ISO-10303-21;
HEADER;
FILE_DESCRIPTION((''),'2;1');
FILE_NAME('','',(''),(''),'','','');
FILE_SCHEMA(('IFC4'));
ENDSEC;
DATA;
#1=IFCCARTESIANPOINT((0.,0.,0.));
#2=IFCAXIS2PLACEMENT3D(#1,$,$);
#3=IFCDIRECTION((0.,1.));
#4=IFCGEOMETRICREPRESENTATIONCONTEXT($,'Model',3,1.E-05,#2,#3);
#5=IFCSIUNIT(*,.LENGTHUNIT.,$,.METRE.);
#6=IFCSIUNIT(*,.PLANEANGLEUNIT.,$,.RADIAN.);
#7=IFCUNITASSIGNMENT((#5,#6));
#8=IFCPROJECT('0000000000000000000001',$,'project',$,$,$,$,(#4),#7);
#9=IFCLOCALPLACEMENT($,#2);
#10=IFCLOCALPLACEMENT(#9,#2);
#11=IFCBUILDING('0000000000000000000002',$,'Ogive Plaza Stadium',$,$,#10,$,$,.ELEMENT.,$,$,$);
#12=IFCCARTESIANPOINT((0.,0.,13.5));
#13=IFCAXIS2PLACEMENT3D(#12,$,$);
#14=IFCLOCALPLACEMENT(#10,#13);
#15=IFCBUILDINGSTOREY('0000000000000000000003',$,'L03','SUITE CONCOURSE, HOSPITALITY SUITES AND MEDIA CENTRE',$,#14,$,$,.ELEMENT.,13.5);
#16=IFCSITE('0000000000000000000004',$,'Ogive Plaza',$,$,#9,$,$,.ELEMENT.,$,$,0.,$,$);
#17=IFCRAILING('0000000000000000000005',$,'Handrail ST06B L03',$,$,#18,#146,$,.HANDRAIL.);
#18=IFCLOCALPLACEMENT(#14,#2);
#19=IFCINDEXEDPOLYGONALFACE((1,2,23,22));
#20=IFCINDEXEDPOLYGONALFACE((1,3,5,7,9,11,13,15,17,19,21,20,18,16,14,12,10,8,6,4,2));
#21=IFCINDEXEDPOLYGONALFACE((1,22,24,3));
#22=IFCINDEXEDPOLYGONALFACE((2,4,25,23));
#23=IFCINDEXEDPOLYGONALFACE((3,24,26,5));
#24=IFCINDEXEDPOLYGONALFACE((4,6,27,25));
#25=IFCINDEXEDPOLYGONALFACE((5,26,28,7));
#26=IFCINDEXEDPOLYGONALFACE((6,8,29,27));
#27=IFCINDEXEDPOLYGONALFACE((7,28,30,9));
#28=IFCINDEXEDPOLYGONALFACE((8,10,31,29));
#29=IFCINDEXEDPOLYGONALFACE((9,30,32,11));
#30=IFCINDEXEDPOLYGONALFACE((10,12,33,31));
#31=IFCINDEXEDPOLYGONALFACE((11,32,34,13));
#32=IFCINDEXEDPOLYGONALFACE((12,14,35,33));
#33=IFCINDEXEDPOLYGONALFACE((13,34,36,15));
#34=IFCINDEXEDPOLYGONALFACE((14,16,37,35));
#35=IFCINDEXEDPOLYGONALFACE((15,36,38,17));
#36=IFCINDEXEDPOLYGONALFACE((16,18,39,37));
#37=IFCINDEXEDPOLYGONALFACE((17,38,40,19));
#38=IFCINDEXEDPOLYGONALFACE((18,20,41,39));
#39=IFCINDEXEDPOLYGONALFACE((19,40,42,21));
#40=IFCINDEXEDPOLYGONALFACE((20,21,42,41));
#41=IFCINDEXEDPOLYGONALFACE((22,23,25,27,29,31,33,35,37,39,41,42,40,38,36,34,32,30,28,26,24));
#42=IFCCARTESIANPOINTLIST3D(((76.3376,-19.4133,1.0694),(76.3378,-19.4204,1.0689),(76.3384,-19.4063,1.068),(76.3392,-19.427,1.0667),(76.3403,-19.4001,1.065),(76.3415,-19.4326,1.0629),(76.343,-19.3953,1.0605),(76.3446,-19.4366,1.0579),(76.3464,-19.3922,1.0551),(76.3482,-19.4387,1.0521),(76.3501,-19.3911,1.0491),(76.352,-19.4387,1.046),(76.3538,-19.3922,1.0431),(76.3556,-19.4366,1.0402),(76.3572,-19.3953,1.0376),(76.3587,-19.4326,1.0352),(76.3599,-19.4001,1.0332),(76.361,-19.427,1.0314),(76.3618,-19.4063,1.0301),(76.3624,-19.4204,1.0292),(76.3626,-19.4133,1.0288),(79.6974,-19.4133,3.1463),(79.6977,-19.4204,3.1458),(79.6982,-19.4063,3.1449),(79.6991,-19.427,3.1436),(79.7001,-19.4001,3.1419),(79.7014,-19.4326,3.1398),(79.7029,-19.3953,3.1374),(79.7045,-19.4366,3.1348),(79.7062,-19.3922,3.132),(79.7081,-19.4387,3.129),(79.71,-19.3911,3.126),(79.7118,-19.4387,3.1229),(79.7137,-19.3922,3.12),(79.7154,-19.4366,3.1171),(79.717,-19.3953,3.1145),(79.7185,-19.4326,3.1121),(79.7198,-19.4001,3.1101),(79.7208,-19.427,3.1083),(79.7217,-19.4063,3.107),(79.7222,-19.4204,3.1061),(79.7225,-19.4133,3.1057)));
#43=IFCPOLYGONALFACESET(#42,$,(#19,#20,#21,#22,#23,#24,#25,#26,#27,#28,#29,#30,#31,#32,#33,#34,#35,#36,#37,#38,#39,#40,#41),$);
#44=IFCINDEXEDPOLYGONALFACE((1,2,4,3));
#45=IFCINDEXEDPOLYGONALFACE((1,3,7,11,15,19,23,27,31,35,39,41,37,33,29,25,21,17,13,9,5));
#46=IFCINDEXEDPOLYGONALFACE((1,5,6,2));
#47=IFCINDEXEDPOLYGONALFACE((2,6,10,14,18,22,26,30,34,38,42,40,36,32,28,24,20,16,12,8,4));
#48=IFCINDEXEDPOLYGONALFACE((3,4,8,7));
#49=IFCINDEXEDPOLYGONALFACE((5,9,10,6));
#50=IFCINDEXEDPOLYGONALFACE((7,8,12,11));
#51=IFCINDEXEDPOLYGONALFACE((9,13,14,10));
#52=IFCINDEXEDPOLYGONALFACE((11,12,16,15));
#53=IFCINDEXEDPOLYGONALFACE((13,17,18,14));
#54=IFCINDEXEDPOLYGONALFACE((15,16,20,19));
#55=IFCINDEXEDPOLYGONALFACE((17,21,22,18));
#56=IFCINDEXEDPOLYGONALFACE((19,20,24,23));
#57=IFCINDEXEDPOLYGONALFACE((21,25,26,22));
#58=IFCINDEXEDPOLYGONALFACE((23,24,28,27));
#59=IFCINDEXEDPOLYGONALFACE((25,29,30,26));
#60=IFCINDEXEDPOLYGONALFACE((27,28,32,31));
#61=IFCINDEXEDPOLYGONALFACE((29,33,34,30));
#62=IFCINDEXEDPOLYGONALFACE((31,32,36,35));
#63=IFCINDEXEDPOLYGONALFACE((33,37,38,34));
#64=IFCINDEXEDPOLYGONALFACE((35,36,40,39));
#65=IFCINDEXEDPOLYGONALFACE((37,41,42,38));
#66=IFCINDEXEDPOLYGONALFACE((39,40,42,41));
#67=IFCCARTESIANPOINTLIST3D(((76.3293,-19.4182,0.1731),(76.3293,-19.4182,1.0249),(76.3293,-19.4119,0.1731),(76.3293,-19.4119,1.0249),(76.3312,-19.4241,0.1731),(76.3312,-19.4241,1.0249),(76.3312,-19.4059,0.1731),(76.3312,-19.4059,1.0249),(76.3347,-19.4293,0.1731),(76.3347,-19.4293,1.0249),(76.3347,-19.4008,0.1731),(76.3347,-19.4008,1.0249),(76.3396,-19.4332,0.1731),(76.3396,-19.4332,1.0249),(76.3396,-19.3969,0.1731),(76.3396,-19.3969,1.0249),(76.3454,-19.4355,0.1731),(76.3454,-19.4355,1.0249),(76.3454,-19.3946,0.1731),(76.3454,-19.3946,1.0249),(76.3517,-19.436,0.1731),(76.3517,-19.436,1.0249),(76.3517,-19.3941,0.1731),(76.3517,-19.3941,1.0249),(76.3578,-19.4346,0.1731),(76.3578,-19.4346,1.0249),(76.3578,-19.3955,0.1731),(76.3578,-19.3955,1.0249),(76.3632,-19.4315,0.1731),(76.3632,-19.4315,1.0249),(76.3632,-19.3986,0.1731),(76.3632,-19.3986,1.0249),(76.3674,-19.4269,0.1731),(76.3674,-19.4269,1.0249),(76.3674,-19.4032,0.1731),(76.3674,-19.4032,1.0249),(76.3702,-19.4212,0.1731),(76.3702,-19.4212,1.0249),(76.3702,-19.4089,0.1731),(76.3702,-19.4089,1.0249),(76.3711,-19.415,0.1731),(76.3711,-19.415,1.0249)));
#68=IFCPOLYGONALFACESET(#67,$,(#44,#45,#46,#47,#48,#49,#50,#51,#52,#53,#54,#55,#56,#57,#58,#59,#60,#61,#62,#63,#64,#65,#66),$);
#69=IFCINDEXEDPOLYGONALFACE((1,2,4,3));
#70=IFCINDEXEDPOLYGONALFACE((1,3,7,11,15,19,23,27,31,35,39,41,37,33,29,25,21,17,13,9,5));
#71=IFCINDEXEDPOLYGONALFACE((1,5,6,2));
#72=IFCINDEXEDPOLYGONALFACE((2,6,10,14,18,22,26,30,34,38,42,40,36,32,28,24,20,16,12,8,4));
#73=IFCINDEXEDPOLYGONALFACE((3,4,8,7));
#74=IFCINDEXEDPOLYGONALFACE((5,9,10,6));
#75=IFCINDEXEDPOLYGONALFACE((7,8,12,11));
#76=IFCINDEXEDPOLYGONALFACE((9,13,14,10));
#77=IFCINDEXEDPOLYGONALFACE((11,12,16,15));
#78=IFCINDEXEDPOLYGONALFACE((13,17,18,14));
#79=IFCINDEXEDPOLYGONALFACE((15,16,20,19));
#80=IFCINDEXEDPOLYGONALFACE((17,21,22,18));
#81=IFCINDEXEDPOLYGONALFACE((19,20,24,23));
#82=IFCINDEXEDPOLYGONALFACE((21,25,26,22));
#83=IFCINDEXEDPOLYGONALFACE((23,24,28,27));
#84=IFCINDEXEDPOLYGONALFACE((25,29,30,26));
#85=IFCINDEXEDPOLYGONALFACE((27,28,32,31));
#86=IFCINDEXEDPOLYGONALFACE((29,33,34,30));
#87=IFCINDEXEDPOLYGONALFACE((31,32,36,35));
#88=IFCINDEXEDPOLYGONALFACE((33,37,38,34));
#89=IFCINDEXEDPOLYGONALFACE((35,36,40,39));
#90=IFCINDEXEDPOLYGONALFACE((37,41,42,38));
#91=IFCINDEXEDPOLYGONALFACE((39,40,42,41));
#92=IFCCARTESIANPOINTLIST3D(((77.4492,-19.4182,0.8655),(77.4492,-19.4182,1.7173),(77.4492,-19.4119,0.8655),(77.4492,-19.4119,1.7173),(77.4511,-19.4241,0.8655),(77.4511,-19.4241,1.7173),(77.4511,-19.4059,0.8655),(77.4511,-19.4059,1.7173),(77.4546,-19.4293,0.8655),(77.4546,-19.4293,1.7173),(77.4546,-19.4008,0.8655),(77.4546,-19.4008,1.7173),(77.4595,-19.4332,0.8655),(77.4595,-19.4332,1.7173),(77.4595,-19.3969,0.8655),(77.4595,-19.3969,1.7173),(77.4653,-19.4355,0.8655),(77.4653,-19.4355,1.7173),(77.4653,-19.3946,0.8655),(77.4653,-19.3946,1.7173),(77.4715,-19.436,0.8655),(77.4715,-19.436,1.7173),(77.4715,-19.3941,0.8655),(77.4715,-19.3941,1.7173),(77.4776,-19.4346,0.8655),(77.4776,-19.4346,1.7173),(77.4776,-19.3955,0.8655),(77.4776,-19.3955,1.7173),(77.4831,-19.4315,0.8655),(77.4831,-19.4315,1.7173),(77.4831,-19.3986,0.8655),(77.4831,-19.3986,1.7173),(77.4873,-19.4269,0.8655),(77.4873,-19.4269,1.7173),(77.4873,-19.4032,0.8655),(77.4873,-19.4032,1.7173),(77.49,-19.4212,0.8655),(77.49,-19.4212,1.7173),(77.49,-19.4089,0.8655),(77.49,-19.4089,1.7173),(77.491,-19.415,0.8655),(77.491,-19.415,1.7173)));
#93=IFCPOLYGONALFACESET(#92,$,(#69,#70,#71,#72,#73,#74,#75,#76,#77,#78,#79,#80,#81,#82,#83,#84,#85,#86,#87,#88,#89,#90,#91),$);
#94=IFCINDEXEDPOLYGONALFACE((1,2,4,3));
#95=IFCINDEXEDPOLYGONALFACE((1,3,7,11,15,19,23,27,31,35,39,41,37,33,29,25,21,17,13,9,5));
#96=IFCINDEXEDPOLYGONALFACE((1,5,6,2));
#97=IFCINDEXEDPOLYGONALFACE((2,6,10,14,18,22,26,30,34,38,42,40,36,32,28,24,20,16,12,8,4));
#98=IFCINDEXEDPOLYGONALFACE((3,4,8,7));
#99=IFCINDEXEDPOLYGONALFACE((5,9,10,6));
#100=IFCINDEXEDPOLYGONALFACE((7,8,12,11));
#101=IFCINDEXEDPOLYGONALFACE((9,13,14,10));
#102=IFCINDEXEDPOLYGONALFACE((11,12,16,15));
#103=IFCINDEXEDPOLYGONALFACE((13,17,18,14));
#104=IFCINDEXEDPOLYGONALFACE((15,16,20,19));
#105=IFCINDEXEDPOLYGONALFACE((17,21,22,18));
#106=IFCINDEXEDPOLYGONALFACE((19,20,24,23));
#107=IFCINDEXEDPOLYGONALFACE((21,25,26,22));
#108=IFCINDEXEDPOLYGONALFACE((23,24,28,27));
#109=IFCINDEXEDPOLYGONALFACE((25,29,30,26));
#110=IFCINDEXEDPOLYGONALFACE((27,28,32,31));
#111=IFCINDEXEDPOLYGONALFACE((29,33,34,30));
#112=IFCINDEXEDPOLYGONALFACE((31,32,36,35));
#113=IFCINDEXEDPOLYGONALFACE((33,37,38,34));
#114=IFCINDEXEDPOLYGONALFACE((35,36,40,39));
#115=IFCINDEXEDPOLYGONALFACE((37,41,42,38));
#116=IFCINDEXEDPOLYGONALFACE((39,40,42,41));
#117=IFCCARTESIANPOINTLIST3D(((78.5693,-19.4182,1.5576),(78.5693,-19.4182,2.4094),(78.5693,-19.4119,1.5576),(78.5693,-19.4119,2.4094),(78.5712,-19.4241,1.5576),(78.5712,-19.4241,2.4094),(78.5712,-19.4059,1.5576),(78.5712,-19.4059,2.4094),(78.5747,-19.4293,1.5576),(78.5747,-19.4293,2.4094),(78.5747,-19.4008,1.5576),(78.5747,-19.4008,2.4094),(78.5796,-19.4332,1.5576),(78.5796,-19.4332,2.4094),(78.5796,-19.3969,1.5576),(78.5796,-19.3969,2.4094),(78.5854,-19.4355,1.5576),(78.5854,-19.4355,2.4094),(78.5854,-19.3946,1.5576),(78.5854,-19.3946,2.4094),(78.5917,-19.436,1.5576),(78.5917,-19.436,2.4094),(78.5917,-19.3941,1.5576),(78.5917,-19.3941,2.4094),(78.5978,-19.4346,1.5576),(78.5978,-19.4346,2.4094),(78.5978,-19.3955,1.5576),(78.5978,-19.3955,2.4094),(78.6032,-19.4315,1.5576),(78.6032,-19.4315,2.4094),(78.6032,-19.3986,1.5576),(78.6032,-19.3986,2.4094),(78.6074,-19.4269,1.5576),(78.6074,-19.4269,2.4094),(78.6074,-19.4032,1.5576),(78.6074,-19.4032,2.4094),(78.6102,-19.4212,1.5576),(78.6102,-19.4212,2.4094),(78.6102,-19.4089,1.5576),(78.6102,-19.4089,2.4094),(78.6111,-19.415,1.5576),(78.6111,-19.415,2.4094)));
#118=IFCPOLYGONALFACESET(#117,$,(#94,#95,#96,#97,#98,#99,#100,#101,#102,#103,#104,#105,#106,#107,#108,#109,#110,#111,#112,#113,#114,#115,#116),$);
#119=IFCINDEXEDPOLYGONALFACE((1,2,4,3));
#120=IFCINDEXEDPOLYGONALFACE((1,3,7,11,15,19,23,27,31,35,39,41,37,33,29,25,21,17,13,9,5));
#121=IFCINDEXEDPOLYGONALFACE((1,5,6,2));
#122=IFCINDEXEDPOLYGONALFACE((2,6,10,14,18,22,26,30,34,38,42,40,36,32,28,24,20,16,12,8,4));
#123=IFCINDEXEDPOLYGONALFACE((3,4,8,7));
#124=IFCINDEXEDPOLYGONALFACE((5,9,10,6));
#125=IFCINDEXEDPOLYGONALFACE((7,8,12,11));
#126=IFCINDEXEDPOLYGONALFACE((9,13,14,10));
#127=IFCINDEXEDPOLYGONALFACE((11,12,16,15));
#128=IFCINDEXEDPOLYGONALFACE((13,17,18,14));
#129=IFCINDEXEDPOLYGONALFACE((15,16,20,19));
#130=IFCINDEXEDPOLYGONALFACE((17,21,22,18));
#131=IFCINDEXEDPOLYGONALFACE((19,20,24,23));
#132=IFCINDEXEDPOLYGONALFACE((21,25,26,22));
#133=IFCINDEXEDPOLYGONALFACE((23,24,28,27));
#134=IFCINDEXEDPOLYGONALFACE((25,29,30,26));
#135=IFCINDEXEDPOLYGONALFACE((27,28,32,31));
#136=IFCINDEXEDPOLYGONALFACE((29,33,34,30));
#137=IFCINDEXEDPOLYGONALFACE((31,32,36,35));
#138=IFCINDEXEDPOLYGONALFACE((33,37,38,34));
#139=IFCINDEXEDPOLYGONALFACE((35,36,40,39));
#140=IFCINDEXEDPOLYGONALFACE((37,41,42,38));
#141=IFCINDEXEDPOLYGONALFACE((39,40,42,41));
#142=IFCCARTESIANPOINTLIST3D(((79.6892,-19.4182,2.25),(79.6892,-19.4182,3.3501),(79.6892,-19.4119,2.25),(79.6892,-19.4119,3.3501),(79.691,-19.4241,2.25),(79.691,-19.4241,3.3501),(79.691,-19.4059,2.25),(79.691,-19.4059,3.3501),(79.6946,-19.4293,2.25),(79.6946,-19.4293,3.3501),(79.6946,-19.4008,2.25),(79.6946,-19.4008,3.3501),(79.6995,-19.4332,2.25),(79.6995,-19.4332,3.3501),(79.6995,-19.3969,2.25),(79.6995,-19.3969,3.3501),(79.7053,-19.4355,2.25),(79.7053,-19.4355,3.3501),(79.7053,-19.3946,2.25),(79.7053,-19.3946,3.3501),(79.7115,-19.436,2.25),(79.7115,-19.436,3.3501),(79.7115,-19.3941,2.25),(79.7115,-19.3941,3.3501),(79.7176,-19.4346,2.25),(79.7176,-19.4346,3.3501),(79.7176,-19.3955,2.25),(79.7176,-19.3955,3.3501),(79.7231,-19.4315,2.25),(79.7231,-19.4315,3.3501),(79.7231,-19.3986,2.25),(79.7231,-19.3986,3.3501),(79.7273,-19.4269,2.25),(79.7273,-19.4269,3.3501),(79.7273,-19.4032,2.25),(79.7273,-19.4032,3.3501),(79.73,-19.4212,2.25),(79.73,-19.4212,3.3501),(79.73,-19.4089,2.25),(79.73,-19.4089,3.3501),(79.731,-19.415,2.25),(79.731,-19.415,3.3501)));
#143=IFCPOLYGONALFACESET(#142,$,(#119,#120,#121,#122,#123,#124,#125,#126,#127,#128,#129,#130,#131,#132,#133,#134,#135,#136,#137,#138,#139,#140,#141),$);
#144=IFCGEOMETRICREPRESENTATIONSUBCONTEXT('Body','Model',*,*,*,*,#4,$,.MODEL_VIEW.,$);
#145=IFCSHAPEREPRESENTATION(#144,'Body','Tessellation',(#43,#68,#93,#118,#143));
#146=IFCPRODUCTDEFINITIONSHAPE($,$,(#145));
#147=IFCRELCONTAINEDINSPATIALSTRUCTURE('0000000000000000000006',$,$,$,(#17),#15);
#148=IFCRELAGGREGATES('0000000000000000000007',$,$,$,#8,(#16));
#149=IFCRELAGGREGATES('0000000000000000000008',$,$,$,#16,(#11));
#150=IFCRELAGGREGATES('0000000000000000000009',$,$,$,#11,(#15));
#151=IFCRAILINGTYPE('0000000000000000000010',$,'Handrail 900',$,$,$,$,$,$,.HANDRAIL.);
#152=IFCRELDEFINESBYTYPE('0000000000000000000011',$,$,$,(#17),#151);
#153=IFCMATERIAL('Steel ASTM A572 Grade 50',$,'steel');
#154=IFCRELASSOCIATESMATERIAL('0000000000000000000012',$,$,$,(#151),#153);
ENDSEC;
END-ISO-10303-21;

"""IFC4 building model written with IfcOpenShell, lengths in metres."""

from ifc_helpers import new_model, si_unit, direction, frame, origin, origin_2d, place, context, subcontext, project, spatial, circle, extrude, material, type_object, element, save


model = new_model("IFC4")

# Units and contexts
model_context = context("Model", 3, precision=1e-05, world=origin(), true_north=direction((0.0, 1.0)))
body_context = subcontext(model_context, "Body", "Model", "MODEL_VIEW")
ifc_project = project(units=[si_unit("LENGTHUNIT", "METRE"), si_unit("PLANEANGLEUNIT", "RADIAN")], contexts=[model_context])

# Site, building, storey
site_placement = place(None, origin())
site = spatial("IfcSite", under=ifc_project, at=site_placement, Name="Ogive Plaza", CompositionType="ELEMENT", RefElevation=0.0)
building_placement = place(site_placement, origin())
building = spatial("IfcBuilding", under=site, at=building_placement, Name="Ogive Plaza Stadium", CompositionType="ELEMENT")
storey_placement = place(building_placement, frame((0.0, 0.0, 13.5)))
storey = spatial("IfcBuildingStorey", under=building, at=storey_placement, Name="L03", Description="SUITE CONCOURSE, HOSPITALITY SUITES AND MEDIA CENTRE", CompositionType="ELEMENT", Elevation=13.5)

# Railing
ifc_material_1 = material(Name="Steel ASTM A572 Grade 50", Category="steel")
railing_type_1 = type_object("IfcRailingType", Name="Handrail 900", PredefinedType="HANDRAIL", material=ifc_material_1)
for number, where, name in (
    (1, (76.3501, -19.415, 0.1731), "Handrail ST06B L03"),
):
    element("IfcRailing", number, at=place(storey_placement, frame(where)), inside=storey, type_object=railing_type_1, Name=name, PredefinedType="HANDRAIL", context=body_context, shape_type="SweptSolid", body=[
        extrude(circle(Radius=0.0239, at=origin_2d()), frame((0.0, 0.0, 0.876), z_axis=(0.850606, 0.0, 0.525803), x_axis=(0.0, 1.0, 0.0)), (0.0, 0.0, 1.0), 3.95),
        extrude(circle(Radius=0.021, at=origin_2d()), origin(), (0.0, 0.0, 1.0), 0.8518),
        extrude(circle(Radius=0.021, at=origin_2d()), frame((1.1199, 0.0, 0.6924)), (0.0, 0.0, 1.0), 0.8518),
        extrude(circle(Radius=0.021, at=origin_2d()), frame((2.24, 0.0, 1.3845)), (0.0, 0.0, 1.0), 0.8518),
        extrude(circle(Radius=0.021, at=origin_2d()), frame((3.3599, 0.0, 2.0769)), (0.0, 0.0, 1.0), 1.1001),
    ])

save(model, "model.ifc")
